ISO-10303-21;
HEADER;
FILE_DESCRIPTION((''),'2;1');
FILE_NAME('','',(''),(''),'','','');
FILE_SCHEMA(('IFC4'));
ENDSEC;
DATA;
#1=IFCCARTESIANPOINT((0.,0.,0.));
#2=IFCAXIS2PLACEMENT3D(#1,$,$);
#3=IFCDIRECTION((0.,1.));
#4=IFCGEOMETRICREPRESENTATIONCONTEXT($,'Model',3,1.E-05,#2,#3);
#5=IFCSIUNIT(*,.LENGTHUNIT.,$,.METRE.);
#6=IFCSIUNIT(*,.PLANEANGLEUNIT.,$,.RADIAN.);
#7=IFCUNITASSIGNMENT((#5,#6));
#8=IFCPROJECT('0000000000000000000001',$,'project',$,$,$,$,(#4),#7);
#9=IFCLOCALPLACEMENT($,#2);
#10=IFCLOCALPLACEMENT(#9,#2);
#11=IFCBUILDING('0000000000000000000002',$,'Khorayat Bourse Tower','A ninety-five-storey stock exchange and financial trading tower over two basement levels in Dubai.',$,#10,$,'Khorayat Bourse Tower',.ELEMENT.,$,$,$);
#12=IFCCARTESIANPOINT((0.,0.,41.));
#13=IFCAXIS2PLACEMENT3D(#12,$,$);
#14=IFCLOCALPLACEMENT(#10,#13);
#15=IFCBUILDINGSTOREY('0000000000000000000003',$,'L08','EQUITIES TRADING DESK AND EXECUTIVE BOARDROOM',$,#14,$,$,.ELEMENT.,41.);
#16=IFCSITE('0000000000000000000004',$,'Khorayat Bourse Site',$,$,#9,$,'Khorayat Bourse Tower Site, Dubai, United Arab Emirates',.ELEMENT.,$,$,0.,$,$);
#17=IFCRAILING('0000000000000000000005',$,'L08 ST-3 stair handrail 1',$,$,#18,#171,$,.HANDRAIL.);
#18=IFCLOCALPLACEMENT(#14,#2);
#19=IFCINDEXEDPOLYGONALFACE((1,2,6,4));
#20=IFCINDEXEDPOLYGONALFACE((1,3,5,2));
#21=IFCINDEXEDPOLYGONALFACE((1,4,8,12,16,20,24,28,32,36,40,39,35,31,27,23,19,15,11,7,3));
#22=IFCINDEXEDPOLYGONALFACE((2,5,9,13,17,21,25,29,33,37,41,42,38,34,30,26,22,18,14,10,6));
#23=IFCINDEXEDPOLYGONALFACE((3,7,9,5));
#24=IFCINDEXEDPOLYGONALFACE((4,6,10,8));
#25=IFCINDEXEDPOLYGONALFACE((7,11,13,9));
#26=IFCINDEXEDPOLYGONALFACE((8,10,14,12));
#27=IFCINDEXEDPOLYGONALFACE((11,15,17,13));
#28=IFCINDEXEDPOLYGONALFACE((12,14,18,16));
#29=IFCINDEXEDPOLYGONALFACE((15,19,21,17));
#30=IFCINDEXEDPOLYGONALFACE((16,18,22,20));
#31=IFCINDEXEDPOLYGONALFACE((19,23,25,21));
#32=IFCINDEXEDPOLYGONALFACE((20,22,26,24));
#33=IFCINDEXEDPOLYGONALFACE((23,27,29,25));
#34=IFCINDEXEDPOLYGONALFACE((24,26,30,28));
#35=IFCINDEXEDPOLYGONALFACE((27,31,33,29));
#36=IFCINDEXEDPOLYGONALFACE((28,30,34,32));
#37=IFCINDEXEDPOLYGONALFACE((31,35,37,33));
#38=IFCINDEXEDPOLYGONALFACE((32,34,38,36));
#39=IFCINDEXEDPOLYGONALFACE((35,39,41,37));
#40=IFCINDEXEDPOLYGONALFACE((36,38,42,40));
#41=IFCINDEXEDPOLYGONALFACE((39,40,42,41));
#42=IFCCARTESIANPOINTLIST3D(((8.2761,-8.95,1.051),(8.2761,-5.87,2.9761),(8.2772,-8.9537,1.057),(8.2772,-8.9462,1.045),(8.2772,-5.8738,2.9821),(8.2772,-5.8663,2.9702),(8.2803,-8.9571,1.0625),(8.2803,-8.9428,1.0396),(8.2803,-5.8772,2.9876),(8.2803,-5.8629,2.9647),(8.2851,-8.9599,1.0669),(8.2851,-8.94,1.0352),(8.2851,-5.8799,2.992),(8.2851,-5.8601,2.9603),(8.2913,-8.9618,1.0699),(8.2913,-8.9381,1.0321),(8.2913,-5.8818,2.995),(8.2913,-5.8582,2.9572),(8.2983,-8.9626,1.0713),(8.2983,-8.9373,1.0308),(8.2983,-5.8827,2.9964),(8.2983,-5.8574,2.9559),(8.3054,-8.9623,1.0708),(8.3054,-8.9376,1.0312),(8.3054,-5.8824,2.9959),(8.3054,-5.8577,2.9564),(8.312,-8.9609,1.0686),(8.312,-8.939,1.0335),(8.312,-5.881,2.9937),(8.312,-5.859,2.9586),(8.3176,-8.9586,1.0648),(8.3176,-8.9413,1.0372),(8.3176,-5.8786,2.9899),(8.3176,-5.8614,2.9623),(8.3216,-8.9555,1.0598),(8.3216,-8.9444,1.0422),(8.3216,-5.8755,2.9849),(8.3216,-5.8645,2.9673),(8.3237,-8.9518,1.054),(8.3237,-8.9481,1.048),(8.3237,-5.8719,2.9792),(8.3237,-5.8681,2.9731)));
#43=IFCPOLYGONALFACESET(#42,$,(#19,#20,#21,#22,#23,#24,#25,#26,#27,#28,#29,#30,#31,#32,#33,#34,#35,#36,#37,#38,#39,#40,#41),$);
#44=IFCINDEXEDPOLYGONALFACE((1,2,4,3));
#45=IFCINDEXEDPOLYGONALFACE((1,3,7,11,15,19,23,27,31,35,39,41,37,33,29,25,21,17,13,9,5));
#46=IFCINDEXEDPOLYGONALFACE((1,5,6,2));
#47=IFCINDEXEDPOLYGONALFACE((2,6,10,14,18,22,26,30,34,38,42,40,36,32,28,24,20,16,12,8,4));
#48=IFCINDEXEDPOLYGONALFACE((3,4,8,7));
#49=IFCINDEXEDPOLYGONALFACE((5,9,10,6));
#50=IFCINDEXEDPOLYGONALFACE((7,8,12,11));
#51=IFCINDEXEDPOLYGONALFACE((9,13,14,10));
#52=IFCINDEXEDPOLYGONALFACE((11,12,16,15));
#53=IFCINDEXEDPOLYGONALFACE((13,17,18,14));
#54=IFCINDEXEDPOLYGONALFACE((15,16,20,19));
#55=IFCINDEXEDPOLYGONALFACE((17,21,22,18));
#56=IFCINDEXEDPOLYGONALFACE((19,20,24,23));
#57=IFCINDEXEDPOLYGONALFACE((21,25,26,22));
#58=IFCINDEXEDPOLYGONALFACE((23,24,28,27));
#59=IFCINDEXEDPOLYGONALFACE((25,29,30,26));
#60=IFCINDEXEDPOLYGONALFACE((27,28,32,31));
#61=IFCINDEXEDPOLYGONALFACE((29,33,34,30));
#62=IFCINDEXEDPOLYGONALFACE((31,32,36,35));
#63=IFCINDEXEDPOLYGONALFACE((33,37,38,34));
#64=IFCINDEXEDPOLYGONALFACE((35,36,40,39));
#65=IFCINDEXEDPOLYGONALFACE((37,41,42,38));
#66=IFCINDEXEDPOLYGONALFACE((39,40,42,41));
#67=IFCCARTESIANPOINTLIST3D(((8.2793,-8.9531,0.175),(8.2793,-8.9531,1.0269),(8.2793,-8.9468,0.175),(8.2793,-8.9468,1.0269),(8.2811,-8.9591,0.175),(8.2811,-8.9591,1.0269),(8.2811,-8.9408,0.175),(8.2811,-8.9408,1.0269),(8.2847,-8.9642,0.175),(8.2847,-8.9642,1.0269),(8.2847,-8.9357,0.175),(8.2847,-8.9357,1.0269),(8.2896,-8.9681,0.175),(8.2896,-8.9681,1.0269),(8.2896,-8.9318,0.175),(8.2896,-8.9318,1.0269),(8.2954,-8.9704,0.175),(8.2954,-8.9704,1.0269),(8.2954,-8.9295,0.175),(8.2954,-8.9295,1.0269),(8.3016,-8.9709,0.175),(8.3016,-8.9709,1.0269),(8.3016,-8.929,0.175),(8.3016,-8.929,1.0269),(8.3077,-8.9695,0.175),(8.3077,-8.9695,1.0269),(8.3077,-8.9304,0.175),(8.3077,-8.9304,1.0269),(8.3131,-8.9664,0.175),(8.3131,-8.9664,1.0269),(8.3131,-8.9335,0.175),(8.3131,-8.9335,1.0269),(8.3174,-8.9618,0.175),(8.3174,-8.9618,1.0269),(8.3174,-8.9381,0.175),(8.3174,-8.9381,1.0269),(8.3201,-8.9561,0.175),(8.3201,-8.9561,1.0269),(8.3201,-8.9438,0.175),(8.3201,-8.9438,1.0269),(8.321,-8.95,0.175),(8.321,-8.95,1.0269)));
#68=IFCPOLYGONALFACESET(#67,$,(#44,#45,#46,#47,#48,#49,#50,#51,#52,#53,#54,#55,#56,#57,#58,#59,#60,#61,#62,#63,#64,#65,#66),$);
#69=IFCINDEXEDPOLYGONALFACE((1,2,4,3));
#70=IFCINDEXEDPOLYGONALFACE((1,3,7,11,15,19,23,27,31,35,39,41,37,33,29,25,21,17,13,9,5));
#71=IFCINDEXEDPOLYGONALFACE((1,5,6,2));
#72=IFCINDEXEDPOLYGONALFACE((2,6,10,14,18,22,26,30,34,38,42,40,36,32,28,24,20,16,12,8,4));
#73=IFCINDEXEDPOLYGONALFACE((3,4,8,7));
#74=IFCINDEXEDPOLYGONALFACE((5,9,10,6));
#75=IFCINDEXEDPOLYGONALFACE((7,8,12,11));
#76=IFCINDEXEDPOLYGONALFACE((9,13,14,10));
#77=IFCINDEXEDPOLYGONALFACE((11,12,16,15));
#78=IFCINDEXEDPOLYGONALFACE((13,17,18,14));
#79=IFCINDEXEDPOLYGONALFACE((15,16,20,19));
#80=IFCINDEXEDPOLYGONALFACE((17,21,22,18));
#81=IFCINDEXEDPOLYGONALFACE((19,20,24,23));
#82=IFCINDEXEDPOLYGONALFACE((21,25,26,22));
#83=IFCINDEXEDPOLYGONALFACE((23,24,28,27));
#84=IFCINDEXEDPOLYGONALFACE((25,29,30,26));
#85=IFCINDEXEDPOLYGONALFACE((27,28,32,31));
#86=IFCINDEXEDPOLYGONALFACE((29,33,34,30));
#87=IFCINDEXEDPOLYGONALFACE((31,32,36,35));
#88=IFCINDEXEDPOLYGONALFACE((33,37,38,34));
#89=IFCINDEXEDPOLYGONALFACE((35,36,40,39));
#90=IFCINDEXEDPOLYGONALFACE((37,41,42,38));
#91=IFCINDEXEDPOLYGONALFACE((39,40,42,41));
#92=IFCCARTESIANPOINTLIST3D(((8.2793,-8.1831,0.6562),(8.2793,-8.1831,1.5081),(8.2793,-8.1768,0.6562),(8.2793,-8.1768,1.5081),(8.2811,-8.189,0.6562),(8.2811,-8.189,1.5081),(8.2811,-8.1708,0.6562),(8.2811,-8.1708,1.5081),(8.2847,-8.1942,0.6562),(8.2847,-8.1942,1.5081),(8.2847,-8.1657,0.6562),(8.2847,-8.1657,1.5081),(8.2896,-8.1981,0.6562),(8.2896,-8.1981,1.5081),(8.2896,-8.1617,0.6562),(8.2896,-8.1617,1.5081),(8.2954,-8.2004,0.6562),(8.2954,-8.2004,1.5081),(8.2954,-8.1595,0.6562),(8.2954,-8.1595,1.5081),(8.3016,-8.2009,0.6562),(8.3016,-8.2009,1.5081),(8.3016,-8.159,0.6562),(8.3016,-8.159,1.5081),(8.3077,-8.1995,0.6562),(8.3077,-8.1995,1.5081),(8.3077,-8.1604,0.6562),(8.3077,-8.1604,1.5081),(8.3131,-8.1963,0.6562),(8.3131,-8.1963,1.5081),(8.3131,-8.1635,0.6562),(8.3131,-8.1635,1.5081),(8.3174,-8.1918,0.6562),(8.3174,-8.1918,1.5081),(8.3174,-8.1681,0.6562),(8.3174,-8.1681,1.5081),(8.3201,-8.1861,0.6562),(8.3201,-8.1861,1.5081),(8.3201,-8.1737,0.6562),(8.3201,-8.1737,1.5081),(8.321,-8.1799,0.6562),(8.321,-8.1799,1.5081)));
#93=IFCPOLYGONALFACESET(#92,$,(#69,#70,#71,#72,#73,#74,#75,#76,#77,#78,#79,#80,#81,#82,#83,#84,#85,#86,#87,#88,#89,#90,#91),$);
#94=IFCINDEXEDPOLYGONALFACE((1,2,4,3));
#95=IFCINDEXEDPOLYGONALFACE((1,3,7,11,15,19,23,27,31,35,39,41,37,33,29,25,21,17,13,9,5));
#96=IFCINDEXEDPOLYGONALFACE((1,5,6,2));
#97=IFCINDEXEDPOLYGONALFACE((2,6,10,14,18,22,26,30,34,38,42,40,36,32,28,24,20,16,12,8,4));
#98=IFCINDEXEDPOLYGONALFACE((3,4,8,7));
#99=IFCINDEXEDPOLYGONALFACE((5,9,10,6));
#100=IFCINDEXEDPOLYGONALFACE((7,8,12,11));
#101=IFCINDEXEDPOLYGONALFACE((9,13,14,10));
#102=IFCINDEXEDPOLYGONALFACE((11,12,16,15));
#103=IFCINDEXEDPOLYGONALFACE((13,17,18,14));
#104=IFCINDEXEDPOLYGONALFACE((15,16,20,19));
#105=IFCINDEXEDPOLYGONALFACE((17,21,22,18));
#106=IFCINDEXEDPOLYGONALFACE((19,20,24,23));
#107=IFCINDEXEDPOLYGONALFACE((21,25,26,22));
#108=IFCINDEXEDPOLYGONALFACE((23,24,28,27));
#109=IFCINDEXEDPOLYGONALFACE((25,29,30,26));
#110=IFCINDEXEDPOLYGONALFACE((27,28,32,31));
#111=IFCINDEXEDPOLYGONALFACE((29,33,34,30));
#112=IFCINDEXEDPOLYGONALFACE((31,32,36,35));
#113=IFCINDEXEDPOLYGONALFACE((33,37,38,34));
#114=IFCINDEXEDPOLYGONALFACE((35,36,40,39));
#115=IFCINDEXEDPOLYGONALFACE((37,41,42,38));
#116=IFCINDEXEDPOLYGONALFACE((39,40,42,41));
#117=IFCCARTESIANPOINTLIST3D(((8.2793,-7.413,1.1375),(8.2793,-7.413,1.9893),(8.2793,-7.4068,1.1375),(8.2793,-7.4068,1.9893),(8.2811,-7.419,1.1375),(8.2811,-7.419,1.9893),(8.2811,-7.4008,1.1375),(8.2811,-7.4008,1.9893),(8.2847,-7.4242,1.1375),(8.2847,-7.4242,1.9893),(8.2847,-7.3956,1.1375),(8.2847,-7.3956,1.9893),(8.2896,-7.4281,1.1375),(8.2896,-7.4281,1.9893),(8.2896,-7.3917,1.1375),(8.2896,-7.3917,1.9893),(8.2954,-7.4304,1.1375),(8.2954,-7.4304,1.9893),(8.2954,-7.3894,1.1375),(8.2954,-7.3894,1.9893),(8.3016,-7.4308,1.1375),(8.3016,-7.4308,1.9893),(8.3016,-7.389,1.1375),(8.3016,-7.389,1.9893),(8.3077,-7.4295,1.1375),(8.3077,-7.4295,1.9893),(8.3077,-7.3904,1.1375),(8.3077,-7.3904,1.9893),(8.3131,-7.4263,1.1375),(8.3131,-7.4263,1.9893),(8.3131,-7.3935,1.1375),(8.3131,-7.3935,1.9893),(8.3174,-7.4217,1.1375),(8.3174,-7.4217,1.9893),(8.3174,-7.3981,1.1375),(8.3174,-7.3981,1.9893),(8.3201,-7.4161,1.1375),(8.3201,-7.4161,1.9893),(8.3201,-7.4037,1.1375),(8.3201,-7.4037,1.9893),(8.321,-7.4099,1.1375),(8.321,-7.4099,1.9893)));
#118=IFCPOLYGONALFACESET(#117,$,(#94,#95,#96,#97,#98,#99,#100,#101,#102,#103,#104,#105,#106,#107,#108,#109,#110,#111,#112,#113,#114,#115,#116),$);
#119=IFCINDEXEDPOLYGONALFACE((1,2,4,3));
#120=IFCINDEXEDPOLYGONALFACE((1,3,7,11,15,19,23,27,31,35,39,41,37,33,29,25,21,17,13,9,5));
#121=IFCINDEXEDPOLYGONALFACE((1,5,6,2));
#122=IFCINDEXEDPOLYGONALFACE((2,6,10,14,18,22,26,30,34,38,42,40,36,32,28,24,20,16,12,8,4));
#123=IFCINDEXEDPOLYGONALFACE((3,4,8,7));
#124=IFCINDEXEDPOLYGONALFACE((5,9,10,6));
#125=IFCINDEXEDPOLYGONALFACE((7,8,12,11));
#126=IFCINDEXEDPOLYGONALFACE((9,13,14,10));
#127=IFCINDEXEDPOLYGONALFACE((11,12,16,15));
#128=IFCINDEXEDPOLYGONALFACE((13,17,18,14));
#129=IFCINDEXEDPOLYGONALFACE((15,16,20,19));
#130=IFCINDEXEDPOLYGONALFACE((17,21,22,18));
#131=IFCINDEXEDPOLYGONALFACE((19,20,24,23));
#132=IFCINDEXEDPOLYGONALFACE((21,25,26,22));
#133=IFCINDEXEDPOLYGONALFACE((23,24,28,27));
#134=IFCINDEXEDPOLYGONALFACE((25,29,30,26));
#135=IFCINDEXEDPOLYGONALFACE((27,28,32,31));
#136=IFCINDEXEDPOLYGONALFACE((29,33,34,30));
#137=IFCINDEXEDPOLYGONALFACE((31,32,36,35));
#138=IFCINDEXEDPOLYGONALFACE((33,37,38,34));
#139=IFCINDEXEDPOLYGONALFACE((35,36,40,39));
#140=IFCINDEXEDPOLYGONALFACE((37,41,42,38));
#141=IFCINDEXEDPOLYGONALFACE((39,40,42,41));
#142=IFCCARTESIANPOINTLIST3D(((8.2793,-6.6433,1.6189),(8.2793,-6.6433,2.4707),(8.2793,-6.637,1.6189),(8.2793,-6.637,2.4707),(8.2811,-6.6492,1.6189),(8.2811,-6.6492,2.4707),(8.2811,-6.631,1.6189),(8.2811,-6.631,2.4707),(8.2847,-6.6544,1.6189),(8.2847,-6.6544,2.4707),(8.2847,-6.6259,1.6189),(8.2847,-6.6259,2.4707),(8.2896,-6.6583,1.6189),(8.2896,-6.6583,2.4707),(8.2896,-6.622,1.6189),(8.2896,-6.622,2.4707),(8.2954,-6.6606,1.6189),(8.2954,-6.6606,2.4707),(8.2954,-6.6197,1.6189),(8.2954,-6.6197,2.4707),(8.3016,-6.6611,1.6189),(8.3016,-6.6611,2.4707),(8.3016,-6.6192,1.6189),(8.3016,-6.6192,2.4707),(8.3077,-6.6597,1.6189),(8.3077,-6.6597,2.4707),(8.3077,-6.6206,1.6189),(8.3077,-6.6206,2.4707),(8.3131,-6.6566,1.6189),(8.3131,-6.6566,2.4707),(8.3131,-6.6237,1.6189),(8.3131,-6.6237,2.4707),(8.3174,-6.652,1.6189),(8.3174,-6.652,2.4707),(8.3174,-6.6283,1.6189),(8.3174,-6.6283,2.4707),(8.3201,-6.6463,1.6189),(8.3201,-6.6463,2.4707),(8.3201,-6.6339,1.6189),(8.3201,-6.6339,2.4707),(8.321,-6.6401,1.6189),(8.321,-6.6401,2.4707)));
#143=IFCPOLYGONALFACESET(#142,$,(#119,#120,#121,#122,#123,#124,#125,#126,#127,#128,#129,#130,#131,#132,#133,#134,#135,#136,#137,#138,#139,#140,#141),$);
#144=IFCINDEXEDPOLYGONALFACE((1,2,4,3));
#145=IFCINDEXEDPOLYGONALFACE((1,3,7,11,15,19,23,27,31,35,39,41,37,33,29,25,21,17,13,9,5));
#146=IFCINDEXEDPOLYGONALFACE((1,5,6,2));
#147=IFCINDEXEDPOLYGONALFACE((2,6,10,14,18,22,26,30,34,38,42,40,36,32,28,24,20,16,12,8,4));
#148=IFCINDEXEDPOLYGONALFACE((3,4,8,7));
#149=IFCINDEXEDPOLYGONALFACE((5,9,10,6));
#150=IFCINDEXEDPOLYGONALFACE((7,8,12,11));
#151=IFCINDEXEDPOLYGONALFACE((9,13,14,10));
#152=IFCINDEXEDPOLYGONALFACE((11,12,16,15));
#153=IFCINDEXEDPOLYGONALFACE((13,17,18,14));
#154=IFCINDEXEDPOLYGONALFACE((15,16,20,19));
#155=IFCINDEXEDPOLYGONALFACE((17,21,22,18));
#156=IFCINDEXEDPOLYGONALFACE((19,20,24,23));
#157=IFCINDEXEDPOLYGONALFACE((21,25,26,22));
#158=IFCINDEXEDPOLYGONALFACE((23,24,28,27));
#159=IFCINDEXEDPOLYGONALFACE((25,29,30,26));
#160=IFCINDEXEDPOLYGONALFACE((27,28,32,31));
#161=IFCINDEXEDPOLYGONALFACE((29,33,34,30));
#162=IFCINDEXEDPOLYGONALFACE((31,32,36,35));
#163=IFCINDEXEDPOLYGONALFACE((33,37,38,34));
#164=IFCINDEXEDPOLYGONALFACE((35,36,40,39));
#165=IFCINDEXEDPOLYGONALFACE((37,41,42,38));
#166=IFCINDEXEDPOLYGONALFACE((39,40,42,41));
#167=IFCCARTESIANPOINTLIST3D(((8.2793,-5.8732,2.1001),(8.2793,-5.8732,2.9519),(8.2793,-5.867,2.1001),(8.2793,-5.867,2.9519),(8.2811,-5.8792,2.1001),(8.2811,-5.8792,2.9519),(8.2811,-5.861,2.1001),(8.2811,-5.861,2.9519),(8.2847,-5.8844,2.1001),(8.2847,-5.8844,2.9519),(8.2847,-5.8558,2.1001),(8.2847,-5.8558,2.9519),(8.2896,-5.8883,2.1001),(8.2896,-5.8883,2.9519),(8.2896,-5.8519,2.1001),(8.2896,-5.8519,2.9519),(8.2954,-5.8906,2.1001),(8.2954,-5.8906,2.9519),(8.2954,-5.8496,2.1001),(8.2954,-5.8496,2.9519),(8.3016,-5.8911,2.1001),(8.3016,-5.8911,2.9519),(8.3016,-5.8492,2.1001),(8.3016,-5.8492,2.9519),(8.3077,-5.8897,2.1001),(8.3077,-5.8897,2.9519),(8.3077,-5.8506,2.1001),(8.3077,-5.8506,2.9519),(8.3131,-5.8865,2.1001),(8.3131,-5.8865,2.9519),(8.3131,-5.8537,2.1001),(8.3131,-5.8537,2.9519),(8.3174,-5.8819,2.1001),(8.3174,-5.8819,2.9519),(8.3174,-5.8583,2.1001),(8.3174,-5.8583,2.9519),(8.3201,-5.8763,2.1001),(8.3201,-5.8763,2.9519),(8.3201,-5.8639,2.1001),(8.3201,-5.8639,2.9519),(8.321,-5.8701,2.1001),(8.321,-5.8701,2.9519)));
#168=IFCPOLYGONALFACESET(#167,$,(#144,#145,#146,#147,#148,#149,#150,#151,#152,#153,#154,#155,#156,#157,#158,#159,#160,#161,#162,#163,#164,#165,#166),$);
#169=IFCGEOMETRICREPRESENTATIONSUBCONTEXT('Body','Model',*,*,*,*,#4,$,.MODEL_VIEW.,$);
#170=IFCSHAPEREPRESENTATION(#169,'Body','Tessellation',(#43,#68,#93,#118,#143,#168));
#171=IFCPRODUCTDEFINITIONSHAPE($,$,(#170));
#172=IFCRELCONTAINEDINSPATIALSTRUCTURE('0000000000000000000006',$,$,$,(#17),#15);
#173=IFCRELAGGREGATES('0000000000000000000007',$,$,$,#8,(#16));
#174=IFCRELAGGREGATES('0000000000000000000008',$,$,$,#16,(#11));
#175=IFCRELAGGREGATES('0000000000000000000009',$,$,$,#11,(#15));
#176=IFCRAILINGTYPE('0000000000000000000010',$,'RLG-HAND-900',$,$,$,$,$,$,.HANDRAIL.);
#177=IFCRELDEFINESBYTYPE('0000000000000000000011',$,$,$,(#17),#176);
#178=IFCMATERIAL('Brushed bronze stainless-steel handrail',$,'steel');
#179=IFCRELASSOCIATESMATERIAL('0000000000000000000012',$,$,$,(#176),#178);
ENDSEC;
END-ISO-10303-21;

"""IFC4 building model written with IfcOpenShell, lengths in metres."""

from ifc_helpers import new_model, si_unit, direction, frame, origin, origin_2d, place, context, subcontext, project, spatial, circle, extrude, source, transform, mapped, material, type_object, element, save


model = new_model("IFC4")

# Units and contexts
model_context = context("Model", 3, precision=1e-05, world=origin(), true_north=direction((0.0, 1.0)))
body_context = subcontext(model_context, "Body", "Model", "MODEL_VIEW")
ifc_project = project(units=[si_unit("LENGTHUNIT", "METRE"), si_unit("PLANEANGLEUNIT", "RADIAN")], contexts=[model_context])

# Site, building, storey
site_placement = place(None, origin())
site = spatial("IfcSite", under=ifc_project, at=site_placement, Name="Khorayat Bourse Site", LongName="Khorayat Bourse Tower Site, Dubai, United Arab Emirates", CompositionType="ELEMENT", RefElevation=0.0)
building_placement = place(site_placement, origin())
building = spatial("IfcBuilding", under=site, at=building_placement, Name="Khorayat Bourse Tower", Description="A ninety-five-storey stock exchange and financial trading tower over two basement levels in Dubai.", LongName="Khorayat Bourse Tower", CompositionType="ELEMENT")
storey_placement = place(building_placement, frame((0.0, 0.0, 41.0)))
storey = spatial("IfcBuildingStorey", under=building, at=storey_placement, Name="L08", Description="EQUITIES TRADING DESK AND EXECUTIVE BOARDROOM", CompositionType="ELEMENT", Elevation=41.0)

# Railing
ifc_material_1 = material(Name="Brushed bronze stainless-steel handrail", Category="steel")
railing_type_1 = type_object("IfcRailingType", Name="RLG-HAND-900", PredefinedType="HANDRAIL", material=ifc_material_1)
shared_shape_1 = source(origin(), body_context, "Body", "SweptSolid", [
    extrude(circle(Radius=0.0239, at=origin_2d()), frame((0.0, 0.0, 0.876), z_axis=(0.0, 0.847979, 0.530029), x_axis=(-1.0, 0.0, 0.0)), (0.0, 0.0, 1.0), 3.6321),
    extrude(circle(Radius=0.021, at=origin_2d()), origin(), (0.0, 0.0, 1.0), 0.8518),
    extrude(circle(Radius=0.021, at=origin_2d()), frame((0.0, 0.77, 0.4812)), (0.0, 0.0, 1.0), 0.8518),
    extrude(circle(Radius=0.021, at=origin_2d()), frame((0.0, 1.54, 0.9624)), (0.0, 0.0, 1.0), 0.8518),
    extrude(circle(Radius=0.021, at=origin_2d()), frame((0.0, 2.3098, 1.4438)), (0.0, 0.0, 1.0), 0.8518),
    extrude(circle(Radius=0.021, at=origin_2d()), frame((0.0, 3.0798, 1.925)), (0.0, 0.0, 1.0), 0.8518),
])
railing_1_placement = place(storey_placement, frame((8.3, -8.95, 0.175)))
element("IfcRailing", 1, at=railing_1_placement, inside=storey, type_object=railing_type_1, Name="L08 ST-3 stair handrail 1", PredefinedType="HANDRAIL", context=body_context, shape_type="MappedRepresentation", body=[
    mapped(shared_shape_1, transform((0.0, 0.0, 0.0), scale=1.0)),
])

save(model, "model.ifc")
